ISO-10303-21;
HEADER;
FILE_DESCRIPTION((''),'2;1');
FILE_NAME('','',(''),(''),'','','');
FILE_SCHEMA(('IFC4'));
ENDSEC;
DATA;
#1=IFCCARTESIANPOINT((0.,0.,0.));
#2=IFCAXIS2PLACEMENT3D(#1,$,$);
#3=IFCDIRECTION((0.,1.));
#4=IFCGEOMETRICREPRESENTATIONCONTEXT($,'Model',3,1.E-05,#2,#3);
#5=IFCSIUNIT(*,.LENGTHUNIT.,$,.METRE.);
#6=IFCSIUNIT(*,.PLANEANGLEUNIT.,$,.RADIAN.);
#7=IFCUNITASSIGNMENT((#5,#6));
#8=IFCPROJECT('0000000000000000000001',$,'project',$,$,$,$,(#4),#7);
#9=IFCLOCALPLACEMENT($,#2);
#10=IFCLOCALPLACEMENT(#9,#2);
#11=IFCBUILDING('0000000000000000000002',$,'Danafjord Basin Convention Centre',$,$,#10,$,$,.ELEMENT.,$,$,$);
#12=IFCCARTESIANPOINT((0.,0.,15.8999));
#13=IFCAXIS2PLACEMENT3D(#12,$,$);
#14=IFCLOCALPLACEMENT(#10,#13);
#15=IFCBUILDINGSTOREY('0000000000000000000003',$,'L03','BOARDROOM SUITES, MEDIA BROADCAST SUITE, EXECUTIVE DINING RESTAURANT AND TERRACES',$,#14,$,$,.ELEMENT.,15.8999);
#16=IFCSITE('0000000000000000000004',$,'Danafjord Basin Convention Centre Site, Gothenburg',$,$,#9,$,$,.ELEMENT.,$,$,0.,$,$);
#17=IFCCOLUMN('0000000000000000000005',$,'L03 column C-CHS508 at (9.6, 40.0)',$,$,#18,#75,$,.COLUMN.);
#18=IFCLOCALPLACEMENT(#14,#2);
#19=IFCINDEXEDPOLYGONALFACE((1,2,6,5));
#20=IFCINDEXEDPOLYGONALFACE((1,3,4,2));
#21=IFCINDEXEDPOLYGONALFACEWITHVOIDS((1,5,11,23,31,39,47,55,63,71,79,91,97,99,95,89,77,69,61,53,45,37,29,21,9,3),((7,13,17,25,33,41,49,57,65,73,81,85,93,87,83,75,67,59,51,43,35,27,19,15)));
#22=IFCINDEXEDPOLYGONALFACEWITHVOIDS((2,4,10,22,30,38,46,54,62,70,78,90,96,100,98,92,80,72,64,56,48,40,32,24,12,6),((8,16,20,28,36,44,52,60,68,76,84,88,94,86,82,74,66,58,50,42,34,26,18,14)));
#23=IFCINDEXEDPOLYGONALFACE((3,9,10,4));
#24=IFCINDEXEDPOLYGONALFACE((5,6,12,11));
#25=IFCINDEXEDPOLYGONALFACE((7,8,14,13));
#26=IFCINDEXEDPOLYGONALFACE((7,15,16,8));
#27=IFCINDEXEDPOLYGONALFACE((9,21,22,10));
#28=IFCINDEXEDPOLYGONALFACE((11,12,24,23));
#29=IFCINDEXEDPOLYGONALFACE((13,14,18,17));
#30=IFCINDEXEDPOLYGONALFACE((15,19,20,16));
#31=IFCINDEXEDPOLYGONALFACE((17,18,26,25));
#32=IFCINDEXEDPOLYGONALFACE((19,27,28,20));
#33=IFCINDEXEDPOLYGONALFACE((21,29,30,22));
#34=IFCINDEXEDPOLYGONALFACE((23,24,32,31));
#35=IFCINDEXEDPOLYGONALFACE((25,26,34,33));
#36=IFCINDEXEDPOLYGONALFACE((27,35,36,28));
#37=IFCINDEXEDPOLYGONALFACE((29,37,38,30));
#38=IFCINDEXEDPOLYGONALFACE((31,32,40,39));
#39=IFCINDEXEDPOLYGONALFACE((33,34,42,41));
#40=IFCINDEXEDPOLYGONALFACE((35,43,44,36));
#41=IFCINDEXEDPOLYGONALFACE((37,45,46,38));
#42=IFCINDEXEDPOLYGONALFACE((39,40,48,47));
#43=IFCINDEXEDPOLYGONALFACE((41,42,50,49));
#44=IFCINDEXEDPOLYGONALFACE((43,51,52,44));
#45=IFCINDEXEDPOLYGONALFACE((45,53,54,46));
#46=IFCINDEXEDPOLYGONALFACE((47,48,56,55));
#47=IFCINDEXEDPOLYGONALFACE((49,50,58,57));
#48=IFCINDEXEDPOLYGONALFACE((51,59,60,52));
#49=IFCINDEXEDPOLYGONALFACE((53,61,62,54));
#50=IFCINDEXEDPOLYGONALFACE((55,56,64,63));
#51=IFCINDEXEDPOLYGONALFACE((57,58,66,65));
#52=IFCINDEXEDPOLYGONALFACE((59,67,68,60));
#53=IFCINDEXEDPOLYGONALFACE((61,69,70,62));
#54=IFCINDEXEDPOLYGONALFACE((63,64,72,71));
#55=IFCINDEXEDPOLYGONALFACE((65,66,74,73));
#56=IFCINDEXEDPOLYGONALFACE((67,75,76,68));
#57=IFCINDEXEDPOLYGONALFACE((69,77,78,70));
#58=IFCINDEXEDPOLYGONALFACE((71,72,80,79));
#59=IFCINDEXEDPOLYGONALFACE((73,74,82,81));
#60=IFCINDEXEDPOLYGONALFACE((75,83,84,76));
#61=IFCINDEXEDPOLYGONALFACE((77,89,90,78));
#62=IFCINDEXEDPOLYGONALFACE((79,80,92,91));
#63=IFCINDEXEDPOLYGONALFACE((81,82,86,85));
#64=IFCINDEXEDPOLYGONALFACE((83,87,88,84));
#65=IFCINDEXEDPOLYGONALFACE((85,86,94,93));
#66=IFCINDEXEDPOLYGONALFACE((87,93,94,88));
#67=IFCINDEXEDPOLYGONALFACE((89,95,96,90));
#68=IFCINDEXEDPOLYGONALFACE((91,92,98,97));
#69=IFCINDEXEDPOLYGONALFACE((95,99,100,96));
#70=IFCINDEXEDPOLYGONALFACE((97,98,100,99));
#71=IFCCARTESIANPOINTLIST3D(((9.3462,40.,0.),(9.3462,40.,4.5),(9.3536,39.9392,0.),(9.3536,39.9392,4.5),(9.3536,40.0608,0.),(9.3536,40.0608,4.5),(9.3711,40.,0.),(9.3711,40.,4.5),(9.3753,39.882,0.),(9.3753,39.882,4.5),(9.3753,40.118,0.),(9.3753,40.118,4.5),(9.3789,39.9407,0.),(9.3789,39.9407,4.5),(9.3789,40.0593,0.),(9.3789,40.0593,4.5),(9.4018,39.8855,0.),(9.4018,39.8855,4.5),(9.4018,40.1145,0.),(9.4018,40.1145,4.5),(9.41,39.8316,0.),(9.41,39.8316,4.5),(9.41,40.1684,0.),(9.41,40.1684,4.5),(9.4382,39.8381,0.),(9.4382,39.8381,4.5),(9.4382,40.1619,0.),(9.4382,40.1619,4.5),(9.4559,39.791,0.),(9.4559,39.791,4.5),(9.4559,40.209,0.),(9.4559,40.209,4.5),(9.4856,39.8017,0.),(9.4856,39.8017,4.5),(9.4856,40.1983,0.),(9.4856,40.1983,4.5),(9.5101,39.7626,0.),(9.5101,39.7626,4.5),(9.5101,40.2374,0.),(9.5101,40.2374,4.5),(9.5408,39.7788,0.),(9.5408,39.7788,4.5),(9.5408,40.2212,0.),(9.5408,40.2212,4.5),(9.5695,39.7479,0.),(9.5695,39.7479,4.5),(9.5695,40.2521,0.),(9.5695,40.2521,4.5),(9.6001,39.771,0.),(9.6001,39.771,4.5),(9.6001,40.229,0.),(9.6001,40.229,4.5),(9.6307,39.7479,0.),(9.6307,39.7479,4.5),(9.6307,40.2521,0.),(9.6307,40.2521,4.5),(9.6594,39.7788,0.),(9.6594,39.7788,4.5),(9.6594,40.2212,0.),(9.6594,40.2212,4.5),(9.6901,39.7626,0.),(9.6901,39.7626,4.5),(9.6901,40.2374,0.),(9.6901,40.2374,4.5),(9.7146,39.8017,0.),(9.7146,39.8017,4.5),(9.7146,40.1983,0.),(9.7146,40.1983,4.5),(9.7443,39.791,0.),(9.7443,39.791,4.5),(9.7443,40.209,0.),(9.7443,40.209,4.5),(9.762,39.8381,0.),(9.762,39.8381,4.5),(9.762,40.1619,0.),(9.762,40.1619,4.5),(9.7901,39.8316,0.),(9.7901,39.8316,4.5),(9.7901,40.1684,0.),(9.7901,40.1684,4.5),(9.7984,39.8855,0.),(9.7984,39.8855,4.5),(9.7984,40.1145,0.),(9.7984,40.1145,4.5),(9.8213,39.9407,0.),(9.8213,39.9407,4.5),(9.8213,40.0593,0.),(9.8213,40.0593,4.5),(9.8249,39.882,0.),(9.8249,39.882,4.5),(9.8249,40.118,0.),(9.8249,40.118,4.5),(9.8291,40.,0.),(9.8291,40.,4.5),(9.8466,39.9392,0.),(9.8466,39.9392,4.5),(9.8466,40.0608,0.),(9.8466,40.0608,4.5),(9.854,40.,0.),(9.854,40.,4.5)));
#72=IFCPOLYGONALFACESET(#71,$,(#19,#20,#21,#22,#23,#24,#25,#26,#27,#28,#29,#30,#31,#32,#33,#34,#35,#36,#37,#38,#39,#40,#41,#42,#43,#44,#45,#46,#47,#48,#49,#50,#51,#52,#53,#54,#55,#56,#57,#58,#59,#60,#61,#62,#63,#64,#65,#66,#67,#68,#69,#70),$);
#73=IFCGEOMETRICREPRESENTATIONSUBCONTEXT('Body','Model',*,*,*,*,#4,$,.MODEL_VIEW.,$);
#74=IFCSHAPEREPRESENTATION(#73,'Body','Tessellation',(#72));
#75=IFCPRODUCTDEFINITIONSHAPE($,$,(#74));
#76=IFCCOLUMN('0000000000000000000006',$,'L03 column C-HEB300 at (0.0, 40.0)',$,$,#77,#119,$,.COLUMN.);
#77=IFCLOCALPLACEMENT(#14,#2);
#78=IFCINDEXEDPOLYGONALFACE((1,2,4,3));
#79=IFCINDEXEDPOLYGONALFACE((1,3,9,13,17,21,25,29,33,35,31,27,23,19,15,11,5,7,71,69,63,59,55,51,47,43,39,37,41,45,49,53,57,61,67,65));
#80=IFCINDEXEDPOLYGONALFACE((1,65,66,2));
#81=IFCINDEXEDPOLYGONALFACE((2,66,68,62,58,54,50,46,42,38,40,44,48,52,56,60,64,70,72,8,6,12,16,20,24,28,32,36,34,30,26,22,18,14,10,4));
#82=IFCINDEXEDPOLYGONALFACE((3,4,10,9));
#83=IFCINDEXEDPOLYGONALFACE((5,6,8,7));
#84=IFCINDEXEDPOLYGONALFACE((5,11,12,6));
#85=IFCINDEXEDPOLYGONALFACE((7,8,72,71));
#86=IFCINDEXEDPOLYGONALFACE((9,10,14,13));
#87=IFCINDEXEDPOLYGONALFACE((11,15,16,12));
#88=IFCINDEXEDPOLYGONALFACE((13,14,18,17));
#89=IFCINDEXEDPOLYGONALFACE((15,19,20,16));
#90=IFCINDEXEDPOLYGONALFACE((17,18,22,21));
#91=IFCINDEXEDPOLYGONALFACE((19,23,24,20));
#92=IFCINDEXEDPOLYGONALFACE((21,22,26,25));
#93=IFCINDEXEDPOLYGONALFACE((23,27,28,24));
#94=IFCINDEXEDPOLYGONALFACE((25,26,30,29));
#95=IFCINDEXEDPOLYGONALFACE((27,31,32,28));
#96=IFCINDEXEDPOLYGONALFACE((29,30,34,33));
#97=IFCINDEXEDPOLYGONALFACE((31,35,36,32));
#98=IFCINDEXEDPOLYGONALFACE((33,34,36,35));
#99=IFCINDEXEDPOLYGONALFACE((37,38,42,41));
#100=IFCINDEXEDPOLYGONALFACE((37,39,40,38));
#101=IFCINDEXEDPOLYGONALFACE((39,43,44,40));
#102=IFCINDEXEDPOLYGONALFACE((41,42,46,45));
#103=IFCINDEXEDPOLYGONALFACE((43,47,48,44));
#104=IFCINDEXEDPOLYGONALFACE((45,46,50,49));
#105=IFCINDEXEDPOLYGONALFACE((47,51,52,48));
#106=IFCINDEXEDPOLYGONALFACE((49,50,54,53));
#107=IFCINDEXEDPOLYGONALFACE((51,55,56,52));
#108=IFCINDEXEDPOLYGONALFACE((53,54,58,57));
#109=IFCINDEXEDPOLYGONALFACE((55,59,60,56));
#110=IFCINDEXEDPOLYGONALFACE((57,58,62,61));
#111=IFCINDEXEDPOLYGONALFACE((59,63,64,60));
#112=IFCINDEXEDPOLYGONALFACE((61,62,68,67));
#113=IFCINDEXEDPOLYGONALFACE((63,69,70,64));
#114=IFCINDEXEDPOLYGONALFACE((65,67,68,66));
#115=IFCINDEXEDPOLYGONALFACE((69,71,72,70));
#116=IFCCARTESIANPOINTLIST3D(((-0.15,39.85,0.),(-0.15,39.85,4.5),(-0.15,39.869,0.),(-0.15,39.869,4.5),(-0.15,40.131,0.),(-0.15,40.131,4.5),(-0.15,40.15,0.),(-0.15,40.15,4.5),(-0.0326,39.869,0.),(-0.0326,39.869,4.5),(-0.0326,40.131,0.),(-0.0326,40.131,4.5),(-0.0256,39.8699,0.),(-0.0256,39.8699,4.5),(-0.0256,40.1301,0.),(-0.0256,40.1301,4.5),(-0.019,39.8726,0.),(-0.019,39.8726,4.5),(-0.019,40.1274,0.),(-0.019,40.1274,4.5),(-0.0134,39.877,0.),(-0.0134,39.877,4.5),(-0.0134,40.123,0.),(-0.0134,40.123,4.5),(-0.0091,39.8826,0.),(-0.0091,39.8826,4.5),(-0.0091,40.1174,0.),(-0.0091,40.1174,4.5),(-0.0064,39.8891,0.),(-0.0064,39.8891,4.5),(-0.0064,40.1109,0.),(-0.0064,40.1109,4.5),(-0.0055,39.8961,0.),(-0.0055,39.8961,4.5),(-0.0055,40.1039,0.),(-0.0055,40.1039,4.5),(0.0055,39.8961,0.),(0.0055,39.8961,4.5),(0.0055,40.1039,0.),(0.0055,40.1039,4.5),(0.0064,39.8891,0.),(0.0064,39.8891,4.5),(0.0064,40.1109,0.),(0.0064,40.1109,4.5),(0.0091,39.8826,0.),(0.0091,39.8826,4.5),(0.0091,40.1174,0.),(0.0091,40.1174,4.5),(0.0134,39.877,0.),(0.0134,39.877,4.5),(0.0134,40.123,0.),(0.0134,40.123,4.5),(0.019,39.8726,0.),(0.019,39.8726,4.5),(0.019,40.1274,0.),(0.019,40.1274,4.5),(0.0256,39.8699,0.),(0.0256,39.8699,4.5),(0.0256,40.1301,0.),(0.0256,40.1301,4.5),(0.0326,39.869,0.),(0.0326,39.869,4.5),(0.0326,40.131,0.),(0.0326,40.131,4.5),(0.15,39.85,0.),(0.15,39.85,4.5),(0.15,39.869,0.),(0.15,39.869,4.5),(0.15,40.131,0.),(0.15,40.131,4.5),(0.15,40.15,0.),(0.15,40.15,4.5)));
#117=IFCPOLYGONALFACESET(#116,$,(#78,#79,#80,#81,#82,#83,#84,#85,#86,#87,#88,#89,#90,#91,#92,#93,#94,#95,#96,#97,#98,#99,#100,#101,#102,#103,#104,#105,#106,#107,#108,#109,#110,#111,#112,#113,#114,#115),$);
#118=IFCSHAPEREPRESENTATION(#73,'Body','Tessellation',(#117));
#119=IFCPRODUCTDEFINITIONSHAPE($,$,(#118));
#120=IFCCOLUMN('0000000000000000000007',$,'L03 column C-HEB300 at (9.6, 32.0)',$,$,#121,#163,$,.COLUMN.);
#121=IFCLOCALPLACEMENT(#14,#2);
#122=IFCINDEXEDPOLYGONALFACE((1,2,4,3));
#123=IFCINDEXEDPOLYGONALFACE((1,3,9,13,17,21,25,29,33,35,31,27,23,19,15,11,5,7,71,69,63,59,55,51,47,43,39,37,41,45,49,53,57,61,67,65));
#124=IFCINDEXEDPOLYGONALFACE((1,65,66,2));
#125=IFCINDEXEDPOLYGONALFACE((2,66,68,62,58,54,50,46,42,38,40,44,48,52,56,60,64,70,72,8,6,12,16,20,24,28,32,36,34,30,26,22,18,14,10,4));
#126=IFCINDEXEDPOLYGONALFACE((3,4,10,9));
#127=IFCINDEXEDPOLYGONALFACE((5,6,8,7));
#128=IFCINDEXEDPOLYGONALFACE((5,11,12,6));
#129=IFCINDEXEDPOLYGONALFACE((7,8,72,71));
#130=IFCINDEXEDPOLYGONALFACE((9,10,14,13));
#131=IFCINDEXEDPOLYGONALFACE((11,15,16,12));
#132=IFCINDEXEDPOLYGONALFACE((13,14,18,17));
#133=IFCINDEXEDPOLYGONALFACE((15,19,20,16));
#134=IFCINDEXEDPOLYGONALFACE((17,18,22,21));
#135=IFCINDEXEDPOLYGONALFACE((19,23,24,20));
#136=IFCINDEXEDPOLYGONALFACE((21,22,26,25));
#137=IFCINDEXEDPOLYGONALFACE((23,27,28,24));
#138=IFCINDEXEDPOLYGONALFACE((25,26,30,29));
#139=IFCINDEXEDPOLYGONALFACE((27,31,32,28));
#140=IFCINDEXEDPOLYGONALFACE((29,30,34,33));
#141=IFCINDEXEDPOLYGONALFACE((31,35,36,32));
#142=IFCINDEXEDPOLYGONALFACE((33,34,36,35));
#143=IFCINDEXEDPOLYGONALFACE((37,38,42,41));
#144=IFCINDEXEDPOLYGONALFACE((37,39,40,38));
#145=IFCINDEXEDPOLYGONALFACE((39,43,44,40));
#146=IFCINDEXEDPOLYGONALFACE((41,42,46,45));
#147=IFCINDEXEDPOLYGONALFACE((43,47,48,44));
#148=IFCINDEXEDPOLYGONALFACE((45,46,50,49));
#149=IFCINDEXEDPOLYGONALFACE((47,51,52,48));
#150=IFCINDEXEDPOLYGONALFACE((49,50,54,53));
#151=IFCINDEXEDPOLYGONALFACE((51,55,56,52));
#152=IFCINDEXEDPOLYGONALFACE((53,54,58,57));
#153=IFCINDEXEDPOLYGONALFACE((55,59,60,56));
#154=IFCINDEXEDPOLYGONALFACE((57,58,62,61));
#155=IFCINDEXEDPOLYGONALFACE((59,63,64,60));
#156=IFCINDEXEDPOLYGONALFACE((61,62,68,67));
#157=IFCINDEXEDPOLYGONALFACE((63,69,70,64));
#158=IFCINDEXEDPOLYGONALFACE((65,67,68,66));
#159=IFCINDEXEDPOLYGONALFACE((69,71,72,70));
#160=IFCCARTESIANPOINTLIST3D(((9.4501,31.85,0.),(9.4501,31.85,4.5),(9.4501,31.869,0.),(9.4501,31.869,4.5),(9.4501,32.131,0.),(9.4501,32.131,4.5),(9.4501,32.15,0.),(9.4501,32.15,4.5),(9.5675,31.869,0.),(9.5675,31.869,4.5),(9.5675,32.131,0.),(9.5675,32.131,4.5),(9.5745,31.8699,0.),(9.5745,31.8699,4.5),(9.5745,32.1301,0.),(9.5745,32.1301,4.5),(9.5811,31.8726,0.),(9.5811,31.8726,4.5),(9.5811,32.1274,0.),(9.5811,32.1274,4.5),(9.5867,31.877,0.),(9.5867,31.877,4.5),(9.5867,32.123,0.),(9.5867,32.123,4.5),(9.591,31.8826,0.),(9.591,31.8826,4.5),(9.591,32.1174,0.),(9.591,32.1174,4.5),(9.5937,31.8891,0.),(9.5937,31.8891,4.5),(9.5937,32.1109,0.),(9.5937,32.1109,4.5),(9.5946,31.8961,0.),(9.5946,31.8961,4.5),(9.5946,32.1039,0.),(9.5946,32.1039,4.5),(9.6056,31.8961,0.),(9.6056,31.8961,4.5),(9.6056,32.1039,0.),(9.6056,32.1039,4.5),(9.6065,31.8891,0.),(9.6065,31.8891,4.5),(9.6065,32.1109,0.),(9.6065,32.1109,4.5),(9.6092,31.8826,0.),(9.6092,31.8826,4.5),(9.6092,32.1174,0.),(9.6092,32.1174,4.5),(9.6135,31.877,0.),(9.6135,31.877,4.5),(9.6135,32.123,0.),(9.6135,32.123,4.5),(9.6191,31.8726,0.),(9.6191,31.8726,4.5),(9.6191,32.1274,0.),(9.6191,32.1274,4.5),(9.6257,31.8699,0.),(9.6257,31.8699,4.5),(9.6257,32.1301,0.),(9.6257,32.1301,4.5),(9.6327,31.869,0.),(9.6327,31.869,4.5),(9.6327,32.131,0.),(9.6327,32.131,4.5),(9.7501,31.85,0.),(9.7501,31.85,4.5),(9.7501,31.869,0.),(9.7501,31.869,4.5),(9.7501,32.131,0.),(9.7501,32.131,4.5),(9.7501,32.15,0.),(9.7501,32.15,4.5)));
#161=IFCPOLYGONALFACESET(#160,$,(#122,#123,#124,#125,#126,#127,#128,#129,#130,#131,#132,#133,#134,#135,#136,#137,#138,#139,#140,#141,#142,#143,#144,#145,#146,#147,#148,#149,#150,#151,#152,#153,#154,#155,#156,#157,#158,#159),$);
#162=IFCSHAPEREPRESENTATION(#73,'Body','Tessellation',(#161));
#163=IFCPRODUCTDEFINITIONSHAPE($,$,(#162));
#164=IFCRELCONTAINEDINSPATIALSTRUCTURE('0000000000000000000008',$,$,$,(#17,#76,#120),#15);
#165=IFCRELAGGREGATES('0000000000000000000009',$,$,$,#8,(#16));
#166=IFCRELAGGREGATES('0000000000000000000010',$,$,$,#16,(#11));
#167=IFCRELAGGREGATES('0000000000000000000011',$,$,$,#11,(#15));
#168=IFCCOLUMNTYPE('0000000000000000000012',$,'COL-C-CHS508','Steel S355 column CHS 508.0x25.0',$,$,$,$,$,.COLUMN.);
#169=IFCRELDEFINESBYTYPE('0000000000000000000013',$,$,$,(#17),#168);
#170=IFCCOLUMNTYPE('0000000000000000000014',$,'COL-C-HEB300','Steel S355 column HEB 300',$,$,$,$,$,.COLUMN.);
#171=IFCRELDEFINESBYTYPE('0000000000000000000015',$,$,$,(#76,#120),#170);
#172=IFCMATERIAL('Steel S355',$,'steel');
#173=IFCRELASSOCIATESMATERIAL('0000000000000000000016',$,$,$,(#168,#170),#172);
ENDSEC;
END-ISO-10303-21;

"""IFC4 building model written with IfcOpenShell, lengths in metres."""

from ifc_helpers import new_model, si_unit, direction, frame, origin, origin_2d, place, context, subcontext, project, spatial, hollow_circle, i_section, extrude, material, material_profile, profile_set, type_object, element, save


model = new_model("IFC4")

# Units and contexts
model_context = context("Model", 3, precision=1e-05, world=origin(), true_north=direction((0.0, 1.0)))
body_context = subcontext(model_context, "Body", "Model", "MODEL_VIEW")
ifc_project = project(units=[si_unit("LENGTHUNIT", "METRE"), si_unit("PLANEANGLEUNIT", "RADIAN")], contexts=[model_context])

# Site, building, storey
site_placement = place(None, origin())
site = spatial("IfcSite", under=ifc_project, at=site_placement, Name="Danafjord Basin Convention Centre Site, Gothenburg", CompositionType="ELEMENT", RefElevation=0.0)
building_placement = place(site_placement, origin())
building = spatial("IfcBuilding", under=site, at=building_placement, Name="Danafjord Basin Convention Centre", CompositionType="ELEMENT")
storey_placement = place(building_placement, frame((0.0, 0.0, 15.8999)))
storey = spatial("IfcBuildingStorey", under=building, at=storey_placement, Name="L03", Description="BOARDROOM SUITES, MEDIA BROADCAST SUITE, EXECUTIVE DINING RESTAURANT AND TERRACES", CompositionType="ELEMENT", Elevation=15.8999)

# Columns
ifc_material_1 = material(Name="Steel S355", Category="steel")
ifc_material_profile_1 = material_profile(ifc_material_1, hollow_circle(Radius=0.2539, WallThickness=0.0249, at=origin_2d()), Name="CHS 508.0x25.0")
ifc_profile_set_1 = profile_set([ifc_material_profile_1], Name="Steel S355")
column_type_1 = type_object("IfcColumnType", Name="COL-C-CHS508", Description="Steel S355 column CHS 508.0x25.0", PredefinedType="COLUMN", material=ifc_profile_set_1)
column_placement = place(storey_placement, frame((9.6001, 40.0, 0.0), z_axis=(0.0, 0.0, 1.0), x_axis=(1.0, 0.0, 0.0)))
element("IfcColumn", 1, at=column_placement, inside=storey, type_object=column_type_1, Name="L03 column C-CHS508 at (9.6, 40.0)", PredefinedType="COLUMN", context=body_context, shape_type="SweptSolid", body=[
    extrude(hollow_circle(Radius=0.2539, WallThickness=0.0249, at=origin_2d()), origin(), (0.0, 0.0, 1.0), 4.5),
])
ifc_material_profile_2 = material_profile(ifc_material_1, i_section(OverallWidth=0.3, OverallDepth=0.3, WebThickness=0.011, FlangeThickness=0.019, FilletRadius=0.0271, at=origin_2d()), Name="HEB 300")
ifc_profile_set_2 = profile_set([ifc_material_profile_2], Name="Steel S355")
column_type_2 = type_object("IfcColumnType", Name="COL-C-HEB300", Description="Steel S355 column HEB 300", PredefinedType="COLUMN", material=ifc_profile_set_2)
for number, where, z_axis, x_axis, name in (
    (2, (0.0, 40.0, 0.0), (0.0, 0.0, 1.0), (1.0, 0.0, 0.0), "L03 column C-HEB300 at (0.0, 40.0)"),
    (3, (9.6001, 32.0, 0.0), (0.0, 0.0, 1.0), (1.0, 0.0, 0.0), "L03 column C-HEB300 at (9.6, 32.0)"),
):
    element("IfcColumn", number, at=place(storey_placement, frame(where, z_axis=z_axis, x_axis=x_axis)), inside=storey, type_object=column_type_2, Name=name, PredefinedType="COLUMN", context=body_context, shape_type="SweptSolid", body=[
        extrude(i_section(OverallWidth=0.3, OverallDepth=0.3, WebThickness=0.011, FlangeThickness=0.019, FilletRadius=0.0271, at=origin_2d()), origin(), (0.0, 0.0, 1.0), 4.5),
    ])

save(model, "model.ifc")
